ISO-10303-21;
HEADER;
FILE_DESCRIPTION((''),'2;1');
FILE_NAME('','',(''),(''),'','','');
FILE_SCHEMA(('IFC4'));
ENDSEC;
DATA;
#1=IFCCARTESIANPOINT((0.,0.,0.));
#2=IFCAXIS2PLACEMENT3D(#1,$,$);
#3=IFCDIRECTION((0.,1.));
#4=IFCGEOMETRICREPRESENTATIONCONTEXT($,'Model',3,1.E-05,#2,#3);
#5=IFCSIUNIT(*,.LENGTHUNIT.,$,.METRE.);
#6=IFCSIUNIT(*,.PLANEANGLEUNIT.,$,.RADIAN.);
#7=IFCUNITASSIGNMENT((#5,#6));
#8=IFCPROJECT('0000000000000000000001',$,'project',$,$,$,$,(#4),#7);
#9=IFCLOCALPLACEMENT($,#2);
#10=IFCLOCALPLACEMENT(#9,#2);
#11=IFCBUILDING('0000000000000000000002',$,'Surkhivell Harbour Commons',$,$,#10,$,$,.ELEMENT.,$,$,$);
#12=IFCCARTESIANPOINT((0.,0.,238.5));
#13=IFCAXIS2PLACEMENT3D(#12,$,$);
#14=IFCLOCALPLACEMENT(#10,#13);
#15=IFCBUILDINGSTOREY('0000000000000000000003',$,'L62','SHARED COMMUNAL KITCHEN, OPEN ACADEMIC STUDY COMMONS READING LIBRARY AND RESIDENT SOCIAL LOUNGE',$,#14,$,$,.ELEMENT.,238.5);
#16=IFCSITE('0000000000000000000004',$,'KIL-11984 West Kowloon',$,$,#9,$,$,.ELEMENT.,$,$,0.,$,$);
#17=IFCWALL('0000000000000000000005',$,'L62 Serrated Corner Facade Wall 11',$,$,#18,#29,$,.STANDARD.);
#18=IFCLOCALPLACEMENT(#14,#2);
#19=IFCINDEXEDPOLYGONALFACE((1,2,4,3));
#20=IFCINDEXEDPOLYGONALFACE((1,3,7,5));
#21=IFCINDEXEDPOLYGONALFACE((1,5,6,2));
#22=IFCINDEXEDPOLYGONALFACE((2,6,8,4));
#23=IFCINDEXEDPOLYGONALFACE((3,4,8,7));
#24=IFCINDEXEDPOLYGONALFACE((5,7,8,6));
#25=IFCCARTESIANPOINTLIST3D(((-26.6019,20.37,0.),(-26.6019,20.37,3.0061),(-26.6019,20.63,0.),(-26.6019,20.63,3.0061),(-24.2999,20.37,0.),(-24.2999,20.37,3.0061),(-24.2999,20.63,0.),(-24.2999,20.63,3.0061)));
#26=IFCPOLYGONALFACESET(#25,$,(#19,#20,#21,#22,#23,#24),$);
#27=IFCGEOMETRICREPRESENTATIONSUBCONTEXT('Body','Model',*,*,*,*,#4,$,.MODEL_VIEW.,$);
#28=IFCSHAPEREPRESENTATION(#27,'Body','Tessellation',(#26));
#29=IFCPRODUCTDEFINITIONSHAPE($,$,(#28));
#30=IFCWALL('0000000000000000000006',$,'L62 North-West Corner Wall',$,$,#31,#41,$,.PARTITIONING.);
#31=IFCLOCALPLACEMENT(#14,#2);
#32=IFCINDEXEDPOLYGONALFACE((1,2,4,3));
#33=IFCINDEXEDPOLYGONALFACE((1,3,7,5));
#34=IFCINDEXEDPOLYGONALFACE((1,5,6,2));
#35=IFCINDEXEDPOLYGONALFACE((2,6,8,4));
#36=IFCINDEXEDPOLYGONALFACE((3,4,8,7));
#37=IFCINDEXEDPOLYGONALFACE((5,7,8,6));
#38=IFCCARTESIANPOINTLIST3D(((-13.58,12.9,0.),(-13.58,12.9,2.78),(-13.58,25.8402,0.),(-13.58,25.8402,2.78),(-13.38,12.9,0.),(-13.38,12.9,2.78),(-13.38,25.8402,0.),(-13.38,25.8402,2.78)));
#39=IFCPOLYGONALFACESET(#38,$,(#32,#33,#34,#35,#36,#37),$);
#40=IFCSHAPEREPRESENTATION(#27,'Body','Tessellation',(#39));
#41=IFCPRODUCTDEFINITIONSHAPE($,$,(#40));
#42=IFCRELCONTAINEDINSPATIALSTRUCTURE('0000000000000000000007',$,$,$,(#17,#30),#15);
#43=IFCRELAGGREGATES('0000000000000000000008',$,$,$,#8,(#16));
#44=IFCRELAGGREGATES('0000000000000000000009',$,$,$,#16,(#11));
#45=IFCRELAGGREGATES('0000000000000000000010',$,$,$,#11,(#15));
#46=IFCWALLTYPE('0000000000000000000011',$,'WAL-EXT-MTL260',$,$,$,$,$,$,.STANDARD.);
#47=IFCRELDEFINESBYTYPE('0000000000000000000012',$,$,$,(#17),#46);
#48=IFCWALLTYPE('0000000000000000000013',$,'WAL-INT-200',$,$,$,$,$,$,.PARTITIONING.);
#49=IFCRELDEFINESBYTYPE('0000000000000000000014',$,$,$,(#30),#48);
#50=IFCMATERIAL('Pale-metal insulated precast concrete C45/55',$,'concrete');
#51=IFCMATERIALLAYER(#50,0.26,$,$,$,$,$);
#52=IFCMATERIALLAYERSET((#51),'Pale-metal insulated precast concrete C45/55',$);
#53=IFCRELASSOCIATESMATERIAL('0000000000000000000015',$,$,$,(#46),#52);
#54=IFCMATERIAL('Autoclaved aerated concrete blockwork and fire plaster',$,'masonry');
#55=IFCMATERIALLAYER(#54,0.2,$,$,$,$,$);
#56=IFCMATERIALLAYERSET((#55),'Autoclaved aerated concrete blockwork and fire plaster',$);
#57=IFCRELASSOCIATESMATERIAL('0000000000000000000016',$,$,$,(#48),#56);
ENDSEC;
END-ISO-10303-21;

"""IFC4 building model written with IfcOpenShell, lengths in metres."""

from ifc_helpers import new_model, si_unit, direction, frame, frame_2d, origin, place, context, subcontext, project, spatial, rectangle, extrude, material, layer, layer_set, type_object, element, save


model = new_model("IFC4")

# Units and contexts
model_context = context("Model", 3, precision=1e-05, world=origin(), true_north=direction((0.0, 1.0)))
body_context = subcontext(model_context, "Body", "Model", "MODEL_VIEW")
ifc_project = project(units=[si_unit("LENGTHUNIT", "METRE"), si_unit("PLANEANGLEUNIT", "RADIAN")], contexts=[model_context])

# Site, building, storey
site_placement = place(None, origin())
site = spatial("IfcSite", under=ifc_project, at=site_placement, Name="KIL-11984 West Kowloon", CompositionType="ELEMENT", RefElevation=0.0)
building_placement = place(site_placement, origin())
building = spatial("IfcBuilding", under=site, at=building_placement, Name="Surkhivell Harbour Commons", CompositionType="ELEMENT")
storey_placement = place(building_placement, frame((0.0, 0.0, 238.5)))
storey = spatial("IfcBuildingStorey", under=building, at=storey_placement, Name="L62", Description="SHARED COMMUNAL KITCHEN, OPEN ACADEMIC STUDY COMMONS READING LIBRARY AND RESIDENT SOCIAL LOUNGE", CompositionType="ELEMENT", Elevation=238.5)

# Shared definitions
ifc_material_1 = material(Name="Pale-metal insulated precast concrete C45/55", Category="concrete")
ifc_layer_1 = layer(ifc_material_1, 0.26)
ifc_layer_set_1 = layer_set([ifc_layer_1], Name="Pale-metal insulated precast concrete C45/55")
wall_type_1 = type_object("IfcWallType", Name="WAL-EXT-MTL260", PredefinedType="STANDARD", material=ifc_layer_set_1)

# Walls
wall_1_placement = place(storey_placement, frame((-24.3, 20.5, 0.0), z_axis=(0.0, 0.0, 1.0), x_axis=(-1.0, 0.0, 0.0)))
element("IfcWall", 1, at=wall_1_placement, inside=storey, type_object=wall_type_1, Name="L62 Serrated Corner Facade Wall 11", PredefinedType="STANDARD", context=body_context, shape_type="SweptSolid", body=[
    extrude(rectangle(XDim=2.302, YDim=0.26, at=frame_2d((1.1509, 0.0))), origin(), (0.0, 0.0, 1.0), 3.0061),
])
ifc_material_2 = material(Name="Autoclaved aerated concrete blockwork and fire plaster", Category="masonry")
ifc_layer_2 = layer(ifc_material_2, 0.2)
ifc_layer_set_2 = layer_set([ifc_layer_2], Name="Autoclaved aerated concrete blockwork and fire plaster")
wall_type_2 = type_object("IfcWallType", Name="WAL-INT-200", PredefinedType="PARTITIONING", material=ifc_layer_set_2)
wall_2_placement = place(storey_placement, frame((-13.48, 12.8999, 0.0), z_axis=(0.0, 0.0, 1.0), x_axis=(0.0, 1.0, 0.0)))
element("IfcWall", 2, at=wall_2_placement, inside=storey, type_object=wall_type_2, Name="L62 North-West Corner Wall", PredefinedType="PARTITIONING", context=body_context, shape_type="SweptSolid", body=[
    extrude(rectangle(XDim=12.9402, YDim=0.2, at=frame_2d((6.4702, 0.0))), origin(), (0.0, 0.0, 1.0), 2.78),
])

save(model, "model.ifc")
